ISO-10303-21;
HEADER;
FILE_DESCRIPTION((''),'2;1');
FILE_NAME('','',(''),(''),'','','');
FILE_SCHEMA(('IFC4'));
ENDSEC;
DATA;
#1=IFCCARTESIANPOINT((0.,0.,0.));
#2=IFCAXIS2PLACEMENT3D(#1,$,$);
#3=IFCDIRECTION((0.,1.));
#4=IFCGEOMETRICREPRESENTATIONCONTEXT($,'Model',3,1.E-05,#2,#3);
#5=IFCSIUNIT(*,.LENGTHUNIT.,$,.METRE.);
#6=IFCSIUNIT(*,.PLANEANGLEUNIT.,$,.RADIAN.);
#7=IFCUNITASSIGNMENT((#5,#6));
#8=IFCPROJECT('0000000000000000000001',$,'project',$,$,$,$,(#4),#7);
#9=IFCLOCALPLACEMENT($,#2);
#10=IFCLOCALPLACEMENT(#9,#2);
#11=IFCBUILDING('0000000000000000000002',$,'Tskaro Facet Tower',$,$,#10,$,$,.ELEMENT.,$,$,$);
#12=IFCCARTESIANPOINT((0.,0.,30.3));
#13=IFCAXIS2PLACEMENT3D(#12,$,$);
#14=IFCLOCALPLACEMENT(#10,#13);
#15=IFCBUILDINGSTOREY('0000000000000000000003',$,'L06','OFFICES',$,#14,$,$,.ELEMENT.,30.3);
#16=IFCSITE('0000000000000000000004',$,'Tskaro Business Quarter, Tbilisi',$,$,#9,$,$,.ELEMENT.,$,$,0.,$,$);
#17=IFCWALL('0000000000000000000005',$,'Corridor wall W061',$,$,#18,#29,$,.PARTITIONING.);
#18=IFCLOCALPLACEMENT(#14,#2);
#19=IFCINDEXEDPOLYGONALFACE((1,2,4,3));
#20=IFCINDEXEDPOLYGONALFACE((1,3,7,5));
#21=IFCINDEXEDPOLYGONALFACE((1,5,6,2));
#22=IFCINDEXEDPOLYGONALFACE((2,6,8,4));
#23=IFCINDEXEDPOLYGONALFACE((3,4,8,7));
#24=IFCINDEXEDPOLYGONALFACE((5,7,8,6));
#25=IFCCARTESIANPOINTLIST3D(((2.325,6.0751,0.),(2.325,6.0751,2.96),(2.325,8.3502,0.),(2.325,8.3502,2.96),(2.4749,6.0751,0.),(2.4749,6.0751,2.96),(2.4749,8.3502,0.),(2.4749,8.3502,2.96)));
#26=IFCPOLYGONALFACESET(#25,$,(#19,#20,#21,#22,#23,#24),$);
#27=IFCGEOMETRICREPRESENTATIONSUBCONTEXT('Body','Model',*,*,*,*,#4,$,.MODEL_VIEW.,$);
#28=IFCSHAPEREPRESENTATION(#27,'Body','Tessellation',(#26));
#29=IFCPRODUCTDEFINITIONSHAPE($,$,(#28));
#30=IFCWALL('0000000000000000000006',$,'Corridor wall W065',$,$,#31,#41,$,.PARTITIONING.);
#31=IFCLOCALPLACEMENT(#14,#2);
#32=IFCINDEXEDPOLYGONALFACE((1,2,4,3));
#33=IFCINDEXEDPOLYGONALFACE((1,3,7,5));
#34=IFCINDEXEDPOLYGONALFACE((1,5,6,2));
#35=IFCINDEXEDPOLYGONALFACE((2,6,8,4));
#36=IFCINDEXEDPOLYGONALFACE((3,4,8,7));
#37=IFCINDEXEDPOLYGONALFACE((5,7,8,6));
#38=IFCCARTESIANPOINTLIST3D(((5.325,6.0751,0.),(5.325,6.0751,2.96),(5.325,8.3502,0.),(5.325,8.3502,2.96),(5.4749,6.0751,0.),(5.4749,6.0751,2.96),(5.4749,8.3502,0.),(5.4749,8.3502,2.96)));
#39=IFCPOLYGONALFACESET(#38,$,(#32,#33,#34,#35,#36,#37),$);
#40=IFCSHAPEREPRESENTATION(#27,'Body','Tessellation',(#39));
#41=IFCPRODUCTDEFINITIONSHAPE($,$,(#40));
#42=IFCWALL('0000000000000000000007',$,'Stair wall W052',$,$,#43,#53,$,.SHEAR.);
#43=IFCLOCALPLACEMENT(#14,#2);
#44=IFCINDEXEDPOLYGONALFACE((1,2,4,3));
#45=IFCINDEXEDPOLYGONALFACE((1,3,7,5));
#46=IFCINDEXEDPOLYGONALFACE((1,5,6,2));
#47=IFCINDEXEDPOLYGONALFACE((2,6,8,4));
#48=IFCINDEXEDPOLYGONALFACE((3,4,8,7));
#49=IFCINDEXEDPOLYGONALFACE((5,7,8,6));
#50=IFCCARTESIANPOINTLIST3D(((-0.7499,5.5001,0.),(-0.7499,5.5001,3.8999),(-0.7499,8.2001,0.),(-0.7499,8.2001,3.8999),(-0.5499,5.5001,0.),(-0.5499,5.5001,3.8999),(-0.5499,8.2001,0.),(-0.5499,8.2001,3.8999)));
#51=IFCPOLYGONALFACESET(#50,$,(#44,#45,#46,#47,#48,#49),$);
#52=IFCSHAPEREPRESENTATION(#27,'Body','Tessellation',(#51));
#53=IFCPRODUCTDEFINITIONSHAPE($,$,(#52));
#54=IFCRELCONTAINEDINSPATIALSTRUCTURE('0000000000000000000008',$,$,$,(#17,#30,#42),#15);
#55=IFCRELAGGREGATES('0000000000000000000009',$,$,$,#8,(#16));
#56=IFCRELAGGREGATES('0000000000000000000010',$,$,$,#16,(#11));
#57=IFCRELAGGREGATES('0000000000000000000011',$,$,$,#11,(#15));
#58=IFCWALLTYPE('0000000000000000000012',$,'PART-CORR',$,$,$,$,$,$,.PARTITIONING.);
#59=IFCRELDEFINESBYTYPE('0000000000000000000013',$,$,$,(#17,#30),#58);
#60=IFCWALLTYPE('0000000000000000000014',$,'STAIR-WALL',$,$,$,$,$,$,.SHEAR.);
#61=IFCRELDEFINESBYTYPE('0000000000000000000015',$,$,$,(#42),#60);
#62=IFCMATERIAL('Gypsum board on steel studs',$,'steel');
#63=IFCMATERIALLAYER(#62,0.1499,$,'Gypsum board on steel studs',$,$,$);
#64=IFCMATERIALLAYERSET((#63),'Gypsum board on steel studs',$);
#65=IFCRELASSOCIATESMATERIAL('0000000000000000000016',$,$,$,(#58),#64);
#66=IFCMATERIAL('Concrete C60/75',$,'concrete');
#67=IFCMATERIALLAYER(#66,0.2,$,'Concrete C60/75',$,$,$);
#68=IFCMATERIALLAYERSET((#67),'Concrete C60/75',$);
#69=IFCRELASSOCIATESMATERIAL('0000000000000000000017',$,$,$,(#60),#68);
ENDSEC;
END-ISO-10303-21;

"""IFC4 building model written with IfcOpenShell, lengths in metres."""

from ifc_helpers import new_model, si_unit, direction, frame, frame_2d, origin, place, context, subcontext, project, spatial, rectangle, extrude, material, layer, layer_set, type_object, element, save


model = new_model("IFC4")

# Units and contexts
model_context = context("Model", 3, precision=1e-05, world=origin(), true_north=direction((0.0, 1.0)))
body_context = subcontext(model_context, "Body", "Model", "MODEL_VIEW")
ifc_project = project(units=[si_unit("LENGTHUNIT", "METRE"), si_unit("PLANEANGLEUNIT", "RADIAN")], contexts=[model_context])

# Site, building, storey
site_placement = place(None, origin())
site = spatial("IfcSite", under=ifc_project, at=site_placement, Name="Tskaro Business Quarter, Tbilisi", CompositionType="ELEMENT", RefElevation=0.0)
building_placement = place(site_placement, origin())
building = spatial("IfcBuilding", under=site, at=building_placement, Name="Tskaro Facet Tower", CompositionType="ELEMENT")
storey_placement = place(building_placement, frame((0.0, 0.0, 30.3)))
storey = spatial("IfcBuildingStorey", under=building, at=storey_placement, Name="L06", Description="OFFICES", CompositionType="ELEMENT", Elevation=30.3)

# Shared definitions
ifc_material_1 = material(Name="Concrete C60/75", Category="concrete")

# Shared definitions
ifc_material_2 = material(Name="Gypsum board on steel studs", Category="steel")

# Shared definitions
ifc_layer_1 = layer(ifc_material_2, 0.1499, Name="Gypsum board on steel studs")
ifc_layer_set_1 = layer_set([ifc_layer_1], Name="Gypsum board on steel studs")
wall_type_1 = type_object("IfcWallType", Name="PART-CORR", PredefinedType="PARTITIONING", material=ifc_layer_set_1)

# Walls
for number, where, z_axis, x_axis, name in (
    (1, (2.3999, 6.075, 0.0), (0.0, 0.0, 1.0), (0.0, 1.0, 0.0), "Corridor wall W061"),
    (2, (5.3999, 6.075, 0.0), (0.0, 0.0, 1.0), (0.0, 1.0, 0.0), "Corridor wall W065"),
):
    element("IfcWall", number, at=place(storey_placement, frame(where, z_axis=z_axis, x_axis=x_axis)), inside=storey, type_object=wall_type_1, Name=name, PredefinedType="PARTITIONING", context=body_context, shape_type="SweptSolid", body=[
        extrude(rectangle(XDim=2.2751, YDim=0.1499, at=frame_2d((1.1377, 0.0))), origin(), (0.0, 0.0, 1.0), 2.96),
    ])
ifc_layer_2 = layer(ifc_material_1, 0.2, Name="Concrete C60/75")
ifc_layer_set_2 = layer_set([ifc_layer_2], Name="Concrete C60/75")
wall_type_2 = type_object("IfcWallType", Name="STAIR-WALL", PredefinedType="SHEAR", material=ifc_layer_set_2)
wall_1_placement = place(storey_placement, frame((-0.6499, 5.5, 0.0), z_axis=(0.0, 0.0, 1.0), x_axis=(0.0, 1.0, 0.0)))
element("IfcWall", 3, at=wall_1_placement, inside=storey, type_object=wall_type_2, Name="Stair wall W052", PredefinedType="SHEAR", context=body_context, shape_type="SweptSolid", body=[
    extrude(rectangle(XDim=2.7, YDim=0.2, at=frame_2d((1.3501, 0.0))), origin(), (0.0, 0.0, 1.0), 3.8999),
])

save(model, "model.ifc")
